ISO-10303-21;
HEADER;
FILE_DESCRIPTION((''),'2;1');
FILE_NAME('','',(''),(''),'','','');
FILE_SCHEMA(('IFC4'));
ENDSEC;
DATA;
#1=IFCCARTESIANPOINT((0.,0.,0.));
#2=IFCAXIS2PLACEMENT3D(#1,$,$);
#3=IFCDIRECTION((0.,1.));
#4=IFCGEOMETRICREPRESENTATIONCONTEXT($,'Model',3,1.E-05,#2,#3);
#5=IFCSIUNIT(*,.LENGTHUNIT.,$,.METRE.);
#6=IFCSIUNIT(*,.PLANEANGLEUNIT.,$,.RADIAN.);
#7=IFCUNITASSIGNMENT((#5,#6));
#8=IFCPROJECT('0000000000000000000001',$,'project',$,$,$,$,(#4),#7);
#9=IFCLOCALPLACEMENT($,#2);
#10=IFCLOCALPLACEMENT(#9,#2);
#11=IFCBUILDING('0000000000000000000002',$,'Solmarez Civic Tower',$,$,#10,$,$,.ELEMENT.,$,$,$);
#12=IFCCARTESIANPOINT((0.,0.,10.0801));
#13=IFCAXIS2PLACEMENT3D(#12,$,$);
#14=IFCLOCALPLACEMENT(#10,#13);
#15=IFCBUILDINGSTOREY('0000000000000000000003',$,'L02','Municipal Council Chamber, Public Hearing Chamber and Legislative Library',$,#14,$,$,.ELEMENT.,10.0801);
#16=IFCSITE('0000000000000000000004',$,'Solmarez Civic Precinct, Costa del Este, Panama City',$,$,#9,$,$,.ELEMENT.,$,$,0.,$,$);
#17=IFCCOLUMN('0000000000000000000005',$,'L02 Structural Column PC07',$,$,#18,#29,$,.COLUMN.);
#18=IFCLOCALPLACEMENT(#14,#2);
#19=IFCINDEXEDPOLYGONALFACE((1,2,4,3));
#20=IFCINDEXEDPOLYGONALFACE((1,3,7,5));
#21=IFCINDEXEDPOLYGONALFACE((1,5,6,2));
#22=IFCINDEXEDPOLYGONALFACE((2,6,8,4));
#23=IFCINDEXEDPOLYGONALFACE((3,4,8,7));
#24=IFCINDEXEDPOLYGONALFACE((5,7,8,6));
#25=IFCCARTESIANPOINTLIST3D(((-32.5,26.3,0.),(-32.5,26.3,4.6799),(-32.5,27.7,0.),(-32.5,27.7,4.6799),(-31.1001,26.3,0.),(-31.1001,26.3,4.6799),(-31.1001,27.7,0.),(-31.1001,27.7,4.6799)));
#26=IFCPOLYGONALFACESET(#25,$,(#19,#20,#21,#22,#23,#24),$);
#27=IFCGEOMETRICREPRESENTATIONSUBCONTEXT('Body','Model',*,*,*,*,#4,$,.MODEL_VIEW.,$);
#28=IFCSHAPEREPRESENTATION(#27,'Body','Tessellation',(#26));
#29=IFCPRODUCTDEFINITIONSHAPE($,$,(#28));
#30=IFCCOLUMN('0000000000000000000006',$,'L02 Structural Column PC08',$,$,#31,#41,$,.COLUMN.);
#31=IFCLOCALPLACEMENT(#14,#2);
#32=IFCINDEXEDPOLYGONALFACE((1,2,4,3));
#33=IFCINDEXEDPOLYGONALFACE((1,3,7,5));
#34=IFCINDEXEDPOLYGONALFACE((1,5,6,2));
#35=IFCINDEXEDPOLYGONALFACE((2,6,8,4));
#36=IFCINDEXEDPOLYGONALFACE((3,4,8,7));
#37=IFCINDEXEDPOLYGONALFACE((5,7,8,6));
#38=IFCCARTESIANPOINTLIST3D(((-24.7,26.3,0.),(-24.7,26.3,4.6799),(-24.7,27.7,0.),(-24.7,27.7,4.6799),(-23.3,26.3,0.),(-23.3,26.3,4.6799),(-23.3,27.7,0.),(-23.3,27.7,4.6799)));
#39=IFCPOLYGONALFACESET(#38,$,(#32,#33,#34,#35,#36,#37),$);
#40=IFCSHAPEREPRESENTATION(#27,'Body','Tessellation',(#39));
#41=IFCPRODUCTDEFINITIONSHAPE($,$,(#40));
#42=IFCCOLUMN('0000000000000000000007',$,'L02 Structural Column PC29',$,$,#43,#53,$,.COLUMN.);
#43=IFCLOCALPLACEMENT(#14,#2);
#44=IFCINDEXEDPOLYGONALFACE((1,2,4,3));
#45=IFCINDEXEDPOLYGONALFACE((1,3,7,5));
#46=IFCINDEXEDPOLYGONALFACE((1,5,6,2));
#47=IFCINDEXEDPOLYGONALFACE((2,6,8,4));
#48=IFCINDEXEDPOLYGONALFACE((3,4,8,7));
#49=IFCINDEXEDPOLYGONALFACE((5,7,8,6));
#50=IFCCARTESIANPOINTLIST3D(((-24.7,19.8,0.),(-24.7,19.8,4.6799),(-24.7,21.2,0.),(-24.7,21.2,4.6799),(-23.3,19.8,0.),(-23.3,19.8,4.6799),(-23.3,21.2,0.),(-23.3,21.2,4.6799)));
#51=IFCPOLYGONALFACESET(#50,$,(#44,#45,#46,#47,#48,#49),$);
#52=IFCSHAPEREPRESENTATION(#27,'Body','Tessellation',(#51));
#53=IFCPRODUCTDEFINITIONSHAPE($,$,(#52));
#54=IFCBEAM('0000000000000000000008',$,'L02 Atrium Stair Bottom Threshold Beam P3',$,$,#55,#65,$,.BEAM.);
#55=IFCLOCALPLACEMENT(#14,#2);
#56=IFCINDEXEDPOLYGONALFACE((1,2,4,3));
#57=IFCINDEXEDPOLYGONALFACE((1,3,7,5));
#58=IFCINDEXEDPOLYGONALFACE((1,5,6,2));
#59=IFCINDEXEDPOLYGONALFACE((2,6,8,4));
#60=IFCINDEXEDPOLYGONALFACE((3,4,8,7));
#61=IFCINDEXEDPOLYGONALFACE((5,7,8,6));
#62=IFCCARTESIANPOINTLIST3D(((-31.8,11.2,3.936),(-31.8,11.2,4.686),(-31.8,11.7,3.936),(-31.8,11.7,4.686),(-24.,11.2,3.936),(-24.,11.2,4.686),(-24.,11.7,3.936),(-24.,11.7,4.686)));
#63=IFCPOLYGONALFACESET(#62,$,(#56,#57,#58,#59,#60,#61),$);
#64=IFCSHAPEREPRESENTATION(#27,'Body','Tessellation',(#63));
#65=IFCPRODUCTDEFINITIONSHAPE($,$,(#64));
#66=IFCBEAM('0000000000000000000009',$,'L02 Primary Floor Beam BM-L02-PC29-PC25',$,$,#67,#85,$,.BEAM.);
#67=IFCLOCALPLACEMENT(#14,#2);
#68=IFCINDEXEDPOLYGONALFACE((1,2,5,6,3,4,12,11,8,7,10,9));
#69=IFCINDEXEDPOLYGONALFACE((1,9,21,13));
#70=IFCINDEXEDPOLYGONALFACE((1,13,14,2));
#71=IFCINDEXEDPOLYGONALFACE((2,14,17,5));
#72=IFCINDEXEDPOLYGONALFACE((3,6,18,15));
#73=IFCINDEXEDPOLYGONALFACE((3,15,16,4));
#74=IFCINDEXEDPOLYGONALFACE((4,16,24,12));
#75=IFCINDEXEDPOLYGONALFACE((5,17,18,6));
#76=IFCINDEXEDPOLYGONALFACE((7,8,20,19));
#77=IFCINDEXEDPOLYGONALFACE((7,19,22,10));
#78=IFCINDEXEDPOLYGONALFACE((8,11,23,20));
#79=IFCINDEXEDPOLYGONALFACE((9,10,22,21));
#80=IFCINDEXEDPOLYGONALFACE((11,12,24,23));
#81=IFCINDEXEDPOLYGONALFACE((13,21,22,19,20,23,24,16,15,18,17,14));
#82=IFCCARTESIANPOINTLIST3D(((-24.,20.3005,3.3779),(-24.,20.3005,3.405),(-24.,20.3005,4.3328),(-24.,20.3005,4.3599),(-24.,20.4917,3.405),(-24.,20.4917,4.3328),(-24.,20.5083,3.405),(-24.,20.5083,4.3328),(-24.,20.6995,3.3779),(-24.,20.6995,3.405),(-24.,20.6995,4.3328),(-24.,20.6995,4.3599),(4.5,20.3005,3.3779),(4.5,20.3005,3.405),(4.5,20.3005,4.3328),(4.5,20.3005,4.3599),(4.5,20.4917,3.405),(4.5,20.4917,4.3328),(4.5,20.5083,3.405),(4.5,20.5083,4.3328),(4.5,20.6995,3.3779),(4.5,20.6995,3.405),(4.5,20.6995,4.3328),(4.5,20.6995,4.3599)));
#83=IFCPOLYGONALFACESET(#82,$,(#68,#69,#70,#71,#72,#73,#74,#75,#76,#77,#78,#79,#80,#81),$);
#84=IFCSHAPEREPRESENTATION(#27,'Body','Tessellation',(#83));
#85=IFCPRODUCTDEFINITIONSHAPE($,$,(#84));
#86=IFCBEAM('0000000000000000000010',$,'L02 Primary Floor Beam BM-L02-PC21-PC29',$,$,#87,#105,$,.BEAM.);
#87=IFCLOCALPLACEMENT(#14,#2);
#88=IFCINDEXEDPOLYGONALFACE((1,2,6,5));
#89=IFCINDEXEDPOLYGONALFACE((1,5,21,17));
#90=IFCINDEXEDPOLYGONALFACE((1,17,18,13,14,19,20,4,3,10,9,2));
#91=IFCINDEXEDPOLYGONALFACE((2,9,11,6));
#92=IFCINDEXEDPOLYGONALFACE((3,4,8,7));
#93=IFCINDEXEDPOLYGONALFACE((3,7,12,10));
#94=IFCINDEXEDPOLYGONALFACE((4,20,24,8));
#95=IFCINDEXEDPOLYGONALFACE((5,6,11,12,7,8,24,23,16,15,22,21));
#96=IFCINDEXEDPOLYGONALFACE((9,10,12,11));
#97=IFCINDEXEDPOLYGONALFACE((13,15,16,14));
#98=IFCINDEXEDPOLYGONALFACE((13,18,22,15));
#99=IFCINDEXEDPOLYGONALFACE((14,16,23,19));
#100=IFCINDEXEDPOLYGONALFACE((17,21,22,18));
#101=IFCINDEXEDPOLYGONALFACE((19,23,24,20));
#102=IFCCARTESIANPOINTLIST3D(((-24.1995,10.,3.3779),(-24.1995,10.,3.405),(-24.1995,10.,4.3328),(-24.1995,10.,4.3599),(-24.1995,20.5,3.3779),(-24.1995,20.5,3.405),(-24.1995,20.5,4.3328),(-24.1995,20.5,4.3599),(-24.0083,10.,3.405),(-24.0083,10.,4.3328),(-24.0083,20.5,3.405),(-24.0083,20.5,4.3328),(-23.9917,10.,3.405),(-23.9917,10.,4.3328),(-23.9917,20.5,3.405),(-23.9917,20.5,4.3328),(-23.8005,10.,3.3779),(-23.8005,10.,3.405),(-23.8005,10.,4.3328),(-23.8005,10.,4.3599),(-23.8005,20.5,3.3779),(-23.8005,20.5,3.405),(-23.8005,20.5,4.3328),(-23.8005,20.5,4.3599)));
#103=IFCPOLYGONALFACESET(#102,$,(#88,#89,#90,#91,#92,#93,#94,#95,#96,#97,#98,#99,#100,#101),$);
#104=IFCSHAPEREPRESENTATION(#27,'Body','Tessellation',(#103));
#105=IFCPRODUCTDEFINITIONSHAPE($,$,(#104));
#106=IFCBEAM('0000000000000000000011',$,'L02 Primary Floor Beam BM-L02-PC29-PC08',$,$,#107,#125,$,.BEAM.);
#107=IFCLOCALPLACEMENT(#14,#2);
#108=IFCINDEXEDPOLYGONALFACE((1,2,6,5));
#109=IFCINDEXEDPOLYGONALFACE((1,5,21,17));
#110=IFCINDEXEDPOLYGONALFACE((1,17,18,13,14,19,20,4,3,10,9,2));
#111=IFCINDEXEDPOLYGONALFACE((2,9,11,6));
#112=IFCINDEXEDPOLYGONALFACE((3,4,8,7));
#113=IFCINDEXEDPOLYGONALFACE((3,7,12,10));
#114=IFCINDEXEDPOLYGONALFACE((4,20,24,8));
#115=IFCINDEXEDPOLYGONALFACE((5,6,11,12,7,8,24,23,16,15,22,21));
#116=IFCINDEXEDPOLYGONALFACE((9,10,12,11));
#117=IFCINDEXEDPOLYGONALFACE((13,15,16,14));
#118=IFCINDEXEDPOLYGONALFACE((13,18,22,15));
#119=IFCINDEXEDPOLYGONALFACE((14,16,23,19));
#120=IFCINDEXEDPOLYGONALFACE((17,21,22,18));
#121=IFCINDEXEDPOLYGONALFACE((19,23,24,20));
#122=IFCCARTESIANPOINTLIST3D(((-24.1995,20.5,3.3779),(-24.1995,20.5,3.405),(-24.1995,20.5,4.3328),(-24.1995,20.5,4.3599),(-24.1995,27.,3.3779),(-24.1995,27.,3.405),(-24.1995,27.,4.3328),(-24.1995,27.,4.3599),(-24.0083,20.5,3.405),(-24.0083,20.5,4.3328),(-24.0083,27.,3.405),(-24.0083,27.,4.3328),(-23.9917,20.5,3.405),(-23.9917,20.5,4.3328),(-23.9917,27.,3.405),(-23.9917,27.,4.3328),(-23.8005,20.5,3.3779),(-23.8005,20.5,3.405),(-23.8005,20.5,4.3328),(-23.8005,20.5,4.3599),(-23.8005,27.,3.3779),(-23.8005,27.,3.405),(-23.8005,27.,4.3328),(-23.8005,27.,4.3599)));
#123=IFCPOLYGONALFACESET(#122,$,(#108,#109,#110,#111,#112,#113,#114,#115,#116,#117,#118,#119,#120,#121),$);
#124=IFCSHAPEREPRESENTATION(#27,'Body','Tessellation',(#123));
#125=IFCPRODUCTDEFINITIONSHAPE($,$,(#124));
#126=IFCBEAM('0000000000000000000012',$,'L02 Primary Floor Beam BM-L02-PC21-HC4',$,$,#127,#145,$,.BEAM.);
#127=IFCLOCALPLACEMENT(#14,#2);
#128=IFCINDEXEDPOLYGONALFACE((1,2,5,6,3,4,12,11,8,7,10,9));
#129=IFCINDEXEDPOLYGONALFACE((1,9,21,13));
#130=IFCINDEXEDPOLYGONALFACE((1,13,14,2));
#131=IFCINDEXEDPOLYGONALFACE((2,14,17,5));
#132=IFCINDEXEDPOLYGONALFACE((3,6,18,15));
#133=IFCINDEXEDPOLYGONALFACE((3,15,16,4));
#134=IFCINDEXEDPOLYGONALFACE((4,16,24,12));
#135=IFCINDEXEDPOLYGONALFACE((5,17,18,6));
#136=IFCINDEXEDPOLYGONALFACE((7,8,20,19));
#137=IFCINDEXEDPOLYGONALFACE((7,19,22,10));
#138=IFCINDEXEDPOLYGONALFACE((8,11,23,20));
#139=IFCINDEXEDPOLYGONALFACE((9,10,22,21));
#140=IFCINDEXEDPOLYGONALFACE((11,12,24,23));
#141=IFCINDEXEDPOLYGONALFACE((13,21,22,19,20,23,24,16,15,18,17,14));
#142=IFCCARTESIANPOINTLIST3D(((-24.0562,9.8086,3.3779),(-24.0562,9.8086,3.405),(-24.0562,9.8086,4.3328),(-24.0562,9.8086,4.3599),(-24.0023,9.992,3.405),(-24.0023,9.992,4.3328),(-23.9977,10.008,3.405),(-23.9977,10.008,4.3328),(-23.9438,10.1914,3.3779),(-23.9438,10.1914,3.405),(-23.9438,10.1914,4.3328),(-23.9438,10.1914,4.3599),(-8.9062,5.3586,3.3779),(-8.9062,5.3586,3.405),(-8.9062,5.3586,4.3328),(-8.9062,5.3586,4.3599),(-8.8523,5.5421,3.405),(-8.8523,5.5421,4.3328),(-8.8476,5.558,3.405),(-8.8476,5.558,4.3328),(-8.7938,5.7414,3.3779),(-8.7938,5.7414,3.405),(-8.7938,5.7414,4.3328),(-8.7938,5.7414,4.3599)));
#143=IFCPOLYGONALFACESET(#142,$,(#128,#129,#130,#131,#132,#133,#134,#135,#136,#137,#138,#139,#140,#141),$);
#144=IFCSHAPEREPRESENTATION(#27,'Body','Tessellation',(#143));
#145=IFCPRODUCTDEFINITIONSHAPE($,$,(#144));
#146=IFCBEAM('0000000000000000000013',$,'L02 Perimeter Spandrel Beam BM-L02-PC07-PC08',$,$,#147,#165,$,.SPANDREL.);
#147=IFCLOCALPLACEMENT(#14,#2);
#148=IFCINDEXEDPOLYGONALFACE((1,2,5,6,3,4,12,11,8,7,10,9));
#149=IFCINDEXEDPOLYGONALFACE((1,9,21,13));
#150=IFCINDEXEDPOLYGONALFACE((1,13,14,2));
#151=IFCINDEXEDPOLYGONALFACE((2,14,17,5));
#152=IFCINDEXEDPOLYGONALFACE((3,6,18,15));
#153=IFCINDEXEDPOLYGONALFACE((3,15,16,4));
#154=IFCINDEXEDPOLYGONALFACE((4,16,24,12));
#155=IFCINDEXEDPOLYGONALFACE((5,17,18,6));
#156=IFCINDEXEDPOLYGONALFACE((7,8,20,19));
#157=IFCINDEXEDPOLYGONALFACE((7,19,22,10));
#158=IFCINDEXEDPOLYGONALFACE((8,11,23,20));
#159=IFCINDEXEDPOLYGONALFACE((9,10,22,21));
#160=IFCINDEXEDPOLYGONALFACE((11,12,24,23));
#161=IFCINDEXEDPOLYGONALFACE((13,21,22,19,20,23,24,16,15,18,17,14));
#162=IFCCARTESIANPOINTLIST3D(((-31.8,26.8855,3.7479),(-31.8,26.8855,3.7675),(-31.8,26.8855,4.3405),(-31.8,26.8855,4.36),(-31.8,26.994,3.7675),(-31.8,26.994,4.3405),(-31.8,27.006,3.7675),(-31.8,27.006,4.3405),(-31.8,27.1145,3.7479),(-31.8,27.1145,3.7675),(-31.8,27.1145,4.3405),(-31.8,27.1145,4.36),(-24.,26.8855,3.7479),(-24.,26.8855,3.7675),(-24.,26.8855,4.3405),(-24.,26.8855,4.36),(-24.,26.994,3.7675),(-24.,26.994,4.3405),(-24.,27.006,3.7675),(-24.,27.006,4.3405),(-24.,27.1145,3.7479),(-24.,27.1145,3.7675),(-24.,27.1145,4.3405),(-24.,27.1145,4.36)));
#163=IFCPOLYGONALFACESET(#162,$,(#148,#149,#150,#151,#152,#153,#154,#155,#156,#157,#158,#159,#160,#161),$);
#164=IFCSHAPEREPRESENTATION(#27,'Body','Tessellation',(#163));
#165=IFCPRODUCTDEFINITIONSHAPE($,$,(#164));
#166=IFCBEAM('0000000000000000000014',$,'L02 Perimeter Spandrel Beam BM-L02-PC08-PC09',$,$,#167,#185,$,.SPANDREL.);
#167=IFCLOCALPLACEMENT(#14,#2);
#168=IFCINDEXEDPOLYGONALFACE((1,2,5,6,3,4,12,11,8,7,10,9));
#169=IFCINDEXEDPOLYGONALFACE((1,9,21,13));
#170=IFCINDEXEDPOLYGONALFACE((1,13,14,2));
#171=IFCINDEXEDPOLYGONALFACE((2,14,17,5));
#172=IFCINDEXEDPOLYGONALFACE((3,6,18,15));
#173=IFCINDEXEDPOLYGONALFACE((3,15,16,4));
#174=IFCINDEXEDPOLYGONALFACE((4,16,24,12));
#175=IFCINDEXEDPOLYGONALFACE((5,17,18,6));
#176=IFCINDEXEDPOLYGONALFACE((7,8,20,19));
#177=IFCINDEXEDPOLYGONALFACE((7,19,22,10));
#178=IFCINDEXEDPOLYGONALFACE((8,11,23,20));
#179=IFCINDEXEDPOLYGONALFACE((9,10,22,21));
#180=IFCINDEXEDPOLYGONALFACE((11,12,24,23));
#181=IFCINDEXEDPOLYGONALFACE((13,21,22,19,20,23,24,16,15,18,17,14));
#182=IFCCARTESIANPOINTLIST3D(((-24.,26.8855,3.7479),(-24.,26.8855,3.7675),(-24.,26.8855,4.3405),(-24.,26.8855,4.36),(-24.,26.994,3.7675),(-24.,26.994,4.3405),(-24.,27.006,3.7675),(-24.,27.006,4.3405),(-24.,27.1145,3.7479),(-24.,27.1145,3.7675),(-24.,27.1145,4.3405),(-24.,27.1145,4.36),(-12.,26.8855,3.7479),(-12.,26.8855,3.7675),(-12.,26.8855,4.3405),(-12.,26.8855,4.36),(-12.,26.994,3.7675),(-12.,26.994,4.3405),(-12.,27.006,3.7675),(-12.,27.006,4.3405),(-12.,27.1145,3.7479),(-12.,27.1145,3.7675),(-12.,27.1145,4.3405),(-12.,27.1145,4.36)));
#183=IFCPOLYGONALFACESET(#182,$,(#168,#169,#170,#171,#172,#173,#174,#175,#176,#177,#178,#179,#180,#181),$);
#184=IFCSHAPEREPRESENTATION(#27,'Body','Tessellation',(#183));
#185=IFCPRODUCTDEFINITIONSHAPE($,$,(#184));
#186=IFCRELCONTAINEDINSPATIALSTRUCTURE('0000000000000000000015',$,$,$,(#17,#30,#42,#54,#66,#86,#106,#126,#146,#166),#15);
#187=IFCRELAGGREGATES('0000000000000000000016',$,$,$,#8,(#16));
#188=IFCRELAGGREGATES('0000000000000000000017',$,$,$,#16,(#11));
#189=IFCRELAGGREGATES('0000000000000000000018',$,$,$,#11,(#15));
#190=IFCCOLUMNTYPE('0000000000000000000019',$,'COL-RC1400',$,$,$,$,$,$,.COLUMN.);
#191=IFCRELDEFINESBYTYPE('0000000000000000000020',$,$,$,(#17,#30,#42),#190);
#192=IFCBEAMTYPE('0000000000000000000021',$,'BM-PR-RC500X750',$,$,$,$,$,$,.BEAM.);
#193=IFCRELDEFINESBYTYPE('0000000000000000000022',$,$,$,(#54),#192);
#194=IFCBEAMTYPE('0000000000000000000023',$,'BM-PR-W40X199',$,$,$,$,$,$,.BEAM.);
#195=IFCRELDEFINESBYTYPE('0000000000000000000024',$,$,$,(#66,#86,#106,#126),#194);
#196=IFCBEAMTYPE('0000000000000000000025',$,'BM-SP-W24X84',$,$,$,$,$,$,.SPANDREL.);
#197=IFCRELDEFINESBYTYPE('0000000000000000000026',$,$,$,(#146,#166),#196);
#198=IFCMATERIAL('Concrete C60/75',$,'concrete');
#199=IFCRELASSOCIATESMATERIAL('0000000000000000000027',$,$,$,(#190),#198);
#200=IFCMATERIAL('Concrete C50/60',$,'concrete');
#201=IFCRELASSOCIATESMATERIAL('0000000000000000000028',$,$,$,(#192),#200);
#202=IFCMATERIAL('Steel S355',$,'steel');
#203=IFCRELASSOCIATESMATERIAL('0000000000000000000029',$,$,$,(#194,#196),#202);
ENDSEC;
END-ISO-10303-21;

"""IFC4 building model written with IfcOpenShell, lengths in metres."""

from ifc_helpers import new_model, si_unit, direction, frame, origin, origin_2d, place, context, subcontext, project, spatial, rectangle, i_section, extrude, material, material_profile, profile_set, type_object, element, save


model = new_model("IFC4")

# Units and contexts
model_context = context("Model", 3, precision=1e-05, world=origin(), true_north=direction((0.0, 1.0)))
body_context = subcontext(model_context, "Body", "Model", "MODEL_VIEW")
ifc_project = project(units=[si_unit("LENGTHUNIT", "METRE"), si_unit("PLANEANGLEUNIT", "RADIAN")], contexts=[model_context])

# Site, building, storey
site_placement = place(None, origin())
site = spatial("IfcSite", under=ifc_project, at=site_placement, Name="Solmarez Civic Precinct, Costa del Este, Panama City", CompositionType="ELEMENT", RefElevation=0.0)
building_placement = place(site_placement, origin())
building = spatial("IfcBuilding", under=site, at=building_placement, Name="Solmarez Civic Tower", CompositionType="ELEMENT")
storey_placement = place(building_placement, frame((0.0, 0.0, 10.0801)))
storey = spatial("IfcBuildingStorey", under=building, at=storey_placement, Name="L02", Description="Municipal Council Chamber, Public Hearing Chamber and Legislative Library", CompositionType="ELEMENT", Elevation=10.0801)

# Columns
ifc_material_1 = material(Name="Concrete C60/75", Category="concrete")
ifc_material_profile_1 = material_profile(ifc_material_1, rectangle(XDim=1.3999, YDim=1.3999, at=origin_2d()), Name="RC1400X1400")
ifc_profile_set_1 = profile_set([ifc_material_profile_1], Name="Concrete C60/75")
column_type = type_object("IfcColumnType", Name="COL-RC1400", PredefinedType="COLUMN", material=ifc_profile_set_1)
for number, where, z_axis, x_axis, name in (
    (1, (-31.8, 27.0, 0.0), (0.0, 0.0, 1.0), (1.0, 0.0, 0.0), "L02 Structural Column PC07"),
    (2, (-24.0, 27.0, 0.0), (0.0, 0.0, 1.0), (1.0, 0.0, 0.0), "L02 Structural Column PC08"),
    (3, (-24.0, 20.5, 0.0), (0.0, 0.0, 1.0), (1.0, 0.0, 0.0), "L02 Structural Column PC29"),
):
    element("IfcColumn", number, at=place(storey_placement, frame(where, z_axis=z_axis, x_axis=x_axis)), inside=storey, type_object=column_type, Name=name, PredefinedType="COLUMN", context=body_context, shape_type="SweptSolid", body=[
        extrude(rectangle(XDim=1.3999, YDim=1.3999, at=origin_2d()), origin(), (0.0, 0.0, 1.0), 4.6799),
    ])

# Beams
ifc_material_2 = material(Name="Concrete C50/60", Category="concrete")
ifc_material_profile_2 = material_profile(ifc_material_2, rectangle(XDim=0.5, YDim=0.75, at=origin_2d()), Name="RC500X750")
ifc_profile_set_2 = profile_set([ifc_material_profile_2], Name="Concrete C50/60")
beam_type_1 = type_object("IfcBeamType", Name="BM-PR-RC500X750", PredefinedType="BEAM", material=ifc_profile_set_2)
beam_1_placement = place(storey_placement, frame((-31.8, 11.45, 4.311), z_axis=(1.0, 0.0, 0.0), x_axis=(0.0, 1.0, 0.0)))
element("IfcBeam", 4, at=beam_1_placement, inside=storey, type_object=beam_type_1, Name="L02 Atrium Stair Bottom Threshold Beam P3", PredefinedType="BEAM", context=body_context, shape_type="SweptSolid", body=[
    extrude(rectangle(XDim=0.5, YDim=0.75, at=origin_2d()), origin(), (0.0, 0.0, 1.0), 7.8),
])
ifc_material_3 = material(Name="Steel S355", Category="steel")
ifc_material_profile_3 = material_profile(ifc_material_3, i_section(OverallWidth=0.3989, OverallDepth=0.9819, WebThickness=0.0166, FlangeThickness=0.0271, at=origin_2d()), Name="W40X199")
ifc_profile_set_3 = profile_set([ifc_material_profile_3], Name="Steel S355")
beam_type_2 = type_object("IfcBeamType", Name="BM-PR-W40X199", PredefinedType="BEAM", material=ifc_profile_set_3)
beam_2_placement = place(storey_placement, frame((-24.0, 20.5, 3.8689), z_axis=(1.0, 0.0, 0.0), x_axis=(0.0, 1.0, 0.0)))
element("IfcBeam", 5, at=beam_2_placement, inside=storey, type_object=beam_type_2, Name="L02 Primary Floor Beam BM-L02-PC29-PC25", PredefinedType="BEAM", context=body_context, shape_type="SweptSolid", body=[
    extrude(i_section(OverallWidth=0.3989, OverallDepth=0.9819, WebThickness=0.0166, FlangeThickness=0.0271, at=origin_2d()), origin(), (0.0, 0.0, 1.0), 28.5),
])
beam_3_placement = place(storey_placement, frame((-24.0, 10.0, 3.8689), z_axis=(0.0, 1.0, 0.0), x_axis=(-1.0, 0.0, 0.0)))
element("IfcBeam", 6, at=beam_3_placement, inside=storey, type_object=beam_type_2, Name="L02 Primary Floor Beam BM-L02-PC21-PC29", PredefinedType="BEAM", context=body_context, shape_type="SweptSolid", body=[
    extrude(i_section(OverallWidth=0.3989, OverallDepth=0.9819, WebThickness=0.0166, FlangeThickness=0.0271, at=origin_2d()), origin(), (0.0, 0.0, 1.0), 10.5),
])
beam_4_placement = place(storey_placement, frame((-24.0, 20.5, 3.8689), z_axis=(0.0, 1.0, 0.0), x_axis=(-1.0, 0.0, 0.0)))
element("IfcBeam", 7, at=beam_4_placement, inside=storey, type_object=beam_type_2, Name="L02 Primary Floor Beam BM-L02-PC29-PC08", PredefinedType="BEAM", context=body_context, shape_type="SweptSolid", body=[
    extrude(i_section(OverallWidth=0.3989, OverallDepth=0.9819, WebThickness=0.0166, FlangeThickness=0.0271, at=origin_2d()), origin(), (0.0, 0.0, 1.0), 6.5),
])
beam_5_placement = place(storey_placement, frame((-24.0, 10.0, 3.8689), z_axis=(0.959467, -0.281822, 0.0), x_axis=(0.281822, 0.959467, 0.0)))
element("IfcBeam", 8, at=beam_5_placement, inside=storey, type_object=beam_type_2, Name="L02 Primary Floor Beam BM-L02-PC21-HC4", PredefinedType="BEAM", context=body_context, shape_type="SweptSolid", body=[
    extrude(i_section(OverallWidth=0.3989, OverallDepth=0.9819, WebThickness=0.0166, FlangeThickness=0.0271, at=origin_2d()), origin(), (0.0, 0.0, 1.0), 15.79),
])
ifc_material_profile_4 = material_profile(ifc_material_3, i_section(OverallWidth=0.229, OverallDepth=0.6121, WebThickness=0.012, FlangeThickness=0.0195, at=origin_2d()), Name="W24X84")
ifc_profile_set_4 = profile_set([ifc_material_profile_4], Name="Steel S355")
beam_type_3 = type_object("IfcBeamType", Name="BM-SP-W24X84", PredefinedType="SPANDREL", material=ifc_profile_set_4)
beam_6_placement = place(storey_placement, frame((-31.8, 27.0, 4.054), z_axis=(1.0, 0.0, 0.0), x_axis=(0.0, 1.0, 0.0)))
element("IfcBeam", 9, at=beam_6_placement, inside=storey, type_object=beam_type_3, Name="L02 Perimeter Spandrel Beam BM-L02-PC07-PC08", PredefinedType="SPANDREL", context=body_context, shape_type="SweptSolid", body=[
    extrude(i_section(OverallWidth=0.229, OverallDepth=0.6121, WebThickness=0.012, FlangeThickness=0.0195, at=origin_2d()), origin(), (0.0, 0.0, 1.0), 7.8),
])
beam_7_placement = place(storey_placement, frame((-24.0, 27.0, 4.054), z_axis=(1.0, 0.0, 0.0), x_axis=(0.0, 1.0, 0.0)))
element("IfcBeam", 10, at=beam_7_placement, inside=storey, type_object=beam_type_3, Name="L02 Perimeter Spandrel Beam BM-L02-PC08-PC09", PredefinedType="SPANDREL", context=body_context, shape_type="SweptSolid", body=[
    extrude(i_section(OverallWidth=0.229, OverallDepth=0.6121, WebThickness=0.012, FlangeThickness=0.0195, at=origin_2d()), origin(), (0.0, 0.0, 1.0), 12.0),
])

save(model, "model.ifc")
